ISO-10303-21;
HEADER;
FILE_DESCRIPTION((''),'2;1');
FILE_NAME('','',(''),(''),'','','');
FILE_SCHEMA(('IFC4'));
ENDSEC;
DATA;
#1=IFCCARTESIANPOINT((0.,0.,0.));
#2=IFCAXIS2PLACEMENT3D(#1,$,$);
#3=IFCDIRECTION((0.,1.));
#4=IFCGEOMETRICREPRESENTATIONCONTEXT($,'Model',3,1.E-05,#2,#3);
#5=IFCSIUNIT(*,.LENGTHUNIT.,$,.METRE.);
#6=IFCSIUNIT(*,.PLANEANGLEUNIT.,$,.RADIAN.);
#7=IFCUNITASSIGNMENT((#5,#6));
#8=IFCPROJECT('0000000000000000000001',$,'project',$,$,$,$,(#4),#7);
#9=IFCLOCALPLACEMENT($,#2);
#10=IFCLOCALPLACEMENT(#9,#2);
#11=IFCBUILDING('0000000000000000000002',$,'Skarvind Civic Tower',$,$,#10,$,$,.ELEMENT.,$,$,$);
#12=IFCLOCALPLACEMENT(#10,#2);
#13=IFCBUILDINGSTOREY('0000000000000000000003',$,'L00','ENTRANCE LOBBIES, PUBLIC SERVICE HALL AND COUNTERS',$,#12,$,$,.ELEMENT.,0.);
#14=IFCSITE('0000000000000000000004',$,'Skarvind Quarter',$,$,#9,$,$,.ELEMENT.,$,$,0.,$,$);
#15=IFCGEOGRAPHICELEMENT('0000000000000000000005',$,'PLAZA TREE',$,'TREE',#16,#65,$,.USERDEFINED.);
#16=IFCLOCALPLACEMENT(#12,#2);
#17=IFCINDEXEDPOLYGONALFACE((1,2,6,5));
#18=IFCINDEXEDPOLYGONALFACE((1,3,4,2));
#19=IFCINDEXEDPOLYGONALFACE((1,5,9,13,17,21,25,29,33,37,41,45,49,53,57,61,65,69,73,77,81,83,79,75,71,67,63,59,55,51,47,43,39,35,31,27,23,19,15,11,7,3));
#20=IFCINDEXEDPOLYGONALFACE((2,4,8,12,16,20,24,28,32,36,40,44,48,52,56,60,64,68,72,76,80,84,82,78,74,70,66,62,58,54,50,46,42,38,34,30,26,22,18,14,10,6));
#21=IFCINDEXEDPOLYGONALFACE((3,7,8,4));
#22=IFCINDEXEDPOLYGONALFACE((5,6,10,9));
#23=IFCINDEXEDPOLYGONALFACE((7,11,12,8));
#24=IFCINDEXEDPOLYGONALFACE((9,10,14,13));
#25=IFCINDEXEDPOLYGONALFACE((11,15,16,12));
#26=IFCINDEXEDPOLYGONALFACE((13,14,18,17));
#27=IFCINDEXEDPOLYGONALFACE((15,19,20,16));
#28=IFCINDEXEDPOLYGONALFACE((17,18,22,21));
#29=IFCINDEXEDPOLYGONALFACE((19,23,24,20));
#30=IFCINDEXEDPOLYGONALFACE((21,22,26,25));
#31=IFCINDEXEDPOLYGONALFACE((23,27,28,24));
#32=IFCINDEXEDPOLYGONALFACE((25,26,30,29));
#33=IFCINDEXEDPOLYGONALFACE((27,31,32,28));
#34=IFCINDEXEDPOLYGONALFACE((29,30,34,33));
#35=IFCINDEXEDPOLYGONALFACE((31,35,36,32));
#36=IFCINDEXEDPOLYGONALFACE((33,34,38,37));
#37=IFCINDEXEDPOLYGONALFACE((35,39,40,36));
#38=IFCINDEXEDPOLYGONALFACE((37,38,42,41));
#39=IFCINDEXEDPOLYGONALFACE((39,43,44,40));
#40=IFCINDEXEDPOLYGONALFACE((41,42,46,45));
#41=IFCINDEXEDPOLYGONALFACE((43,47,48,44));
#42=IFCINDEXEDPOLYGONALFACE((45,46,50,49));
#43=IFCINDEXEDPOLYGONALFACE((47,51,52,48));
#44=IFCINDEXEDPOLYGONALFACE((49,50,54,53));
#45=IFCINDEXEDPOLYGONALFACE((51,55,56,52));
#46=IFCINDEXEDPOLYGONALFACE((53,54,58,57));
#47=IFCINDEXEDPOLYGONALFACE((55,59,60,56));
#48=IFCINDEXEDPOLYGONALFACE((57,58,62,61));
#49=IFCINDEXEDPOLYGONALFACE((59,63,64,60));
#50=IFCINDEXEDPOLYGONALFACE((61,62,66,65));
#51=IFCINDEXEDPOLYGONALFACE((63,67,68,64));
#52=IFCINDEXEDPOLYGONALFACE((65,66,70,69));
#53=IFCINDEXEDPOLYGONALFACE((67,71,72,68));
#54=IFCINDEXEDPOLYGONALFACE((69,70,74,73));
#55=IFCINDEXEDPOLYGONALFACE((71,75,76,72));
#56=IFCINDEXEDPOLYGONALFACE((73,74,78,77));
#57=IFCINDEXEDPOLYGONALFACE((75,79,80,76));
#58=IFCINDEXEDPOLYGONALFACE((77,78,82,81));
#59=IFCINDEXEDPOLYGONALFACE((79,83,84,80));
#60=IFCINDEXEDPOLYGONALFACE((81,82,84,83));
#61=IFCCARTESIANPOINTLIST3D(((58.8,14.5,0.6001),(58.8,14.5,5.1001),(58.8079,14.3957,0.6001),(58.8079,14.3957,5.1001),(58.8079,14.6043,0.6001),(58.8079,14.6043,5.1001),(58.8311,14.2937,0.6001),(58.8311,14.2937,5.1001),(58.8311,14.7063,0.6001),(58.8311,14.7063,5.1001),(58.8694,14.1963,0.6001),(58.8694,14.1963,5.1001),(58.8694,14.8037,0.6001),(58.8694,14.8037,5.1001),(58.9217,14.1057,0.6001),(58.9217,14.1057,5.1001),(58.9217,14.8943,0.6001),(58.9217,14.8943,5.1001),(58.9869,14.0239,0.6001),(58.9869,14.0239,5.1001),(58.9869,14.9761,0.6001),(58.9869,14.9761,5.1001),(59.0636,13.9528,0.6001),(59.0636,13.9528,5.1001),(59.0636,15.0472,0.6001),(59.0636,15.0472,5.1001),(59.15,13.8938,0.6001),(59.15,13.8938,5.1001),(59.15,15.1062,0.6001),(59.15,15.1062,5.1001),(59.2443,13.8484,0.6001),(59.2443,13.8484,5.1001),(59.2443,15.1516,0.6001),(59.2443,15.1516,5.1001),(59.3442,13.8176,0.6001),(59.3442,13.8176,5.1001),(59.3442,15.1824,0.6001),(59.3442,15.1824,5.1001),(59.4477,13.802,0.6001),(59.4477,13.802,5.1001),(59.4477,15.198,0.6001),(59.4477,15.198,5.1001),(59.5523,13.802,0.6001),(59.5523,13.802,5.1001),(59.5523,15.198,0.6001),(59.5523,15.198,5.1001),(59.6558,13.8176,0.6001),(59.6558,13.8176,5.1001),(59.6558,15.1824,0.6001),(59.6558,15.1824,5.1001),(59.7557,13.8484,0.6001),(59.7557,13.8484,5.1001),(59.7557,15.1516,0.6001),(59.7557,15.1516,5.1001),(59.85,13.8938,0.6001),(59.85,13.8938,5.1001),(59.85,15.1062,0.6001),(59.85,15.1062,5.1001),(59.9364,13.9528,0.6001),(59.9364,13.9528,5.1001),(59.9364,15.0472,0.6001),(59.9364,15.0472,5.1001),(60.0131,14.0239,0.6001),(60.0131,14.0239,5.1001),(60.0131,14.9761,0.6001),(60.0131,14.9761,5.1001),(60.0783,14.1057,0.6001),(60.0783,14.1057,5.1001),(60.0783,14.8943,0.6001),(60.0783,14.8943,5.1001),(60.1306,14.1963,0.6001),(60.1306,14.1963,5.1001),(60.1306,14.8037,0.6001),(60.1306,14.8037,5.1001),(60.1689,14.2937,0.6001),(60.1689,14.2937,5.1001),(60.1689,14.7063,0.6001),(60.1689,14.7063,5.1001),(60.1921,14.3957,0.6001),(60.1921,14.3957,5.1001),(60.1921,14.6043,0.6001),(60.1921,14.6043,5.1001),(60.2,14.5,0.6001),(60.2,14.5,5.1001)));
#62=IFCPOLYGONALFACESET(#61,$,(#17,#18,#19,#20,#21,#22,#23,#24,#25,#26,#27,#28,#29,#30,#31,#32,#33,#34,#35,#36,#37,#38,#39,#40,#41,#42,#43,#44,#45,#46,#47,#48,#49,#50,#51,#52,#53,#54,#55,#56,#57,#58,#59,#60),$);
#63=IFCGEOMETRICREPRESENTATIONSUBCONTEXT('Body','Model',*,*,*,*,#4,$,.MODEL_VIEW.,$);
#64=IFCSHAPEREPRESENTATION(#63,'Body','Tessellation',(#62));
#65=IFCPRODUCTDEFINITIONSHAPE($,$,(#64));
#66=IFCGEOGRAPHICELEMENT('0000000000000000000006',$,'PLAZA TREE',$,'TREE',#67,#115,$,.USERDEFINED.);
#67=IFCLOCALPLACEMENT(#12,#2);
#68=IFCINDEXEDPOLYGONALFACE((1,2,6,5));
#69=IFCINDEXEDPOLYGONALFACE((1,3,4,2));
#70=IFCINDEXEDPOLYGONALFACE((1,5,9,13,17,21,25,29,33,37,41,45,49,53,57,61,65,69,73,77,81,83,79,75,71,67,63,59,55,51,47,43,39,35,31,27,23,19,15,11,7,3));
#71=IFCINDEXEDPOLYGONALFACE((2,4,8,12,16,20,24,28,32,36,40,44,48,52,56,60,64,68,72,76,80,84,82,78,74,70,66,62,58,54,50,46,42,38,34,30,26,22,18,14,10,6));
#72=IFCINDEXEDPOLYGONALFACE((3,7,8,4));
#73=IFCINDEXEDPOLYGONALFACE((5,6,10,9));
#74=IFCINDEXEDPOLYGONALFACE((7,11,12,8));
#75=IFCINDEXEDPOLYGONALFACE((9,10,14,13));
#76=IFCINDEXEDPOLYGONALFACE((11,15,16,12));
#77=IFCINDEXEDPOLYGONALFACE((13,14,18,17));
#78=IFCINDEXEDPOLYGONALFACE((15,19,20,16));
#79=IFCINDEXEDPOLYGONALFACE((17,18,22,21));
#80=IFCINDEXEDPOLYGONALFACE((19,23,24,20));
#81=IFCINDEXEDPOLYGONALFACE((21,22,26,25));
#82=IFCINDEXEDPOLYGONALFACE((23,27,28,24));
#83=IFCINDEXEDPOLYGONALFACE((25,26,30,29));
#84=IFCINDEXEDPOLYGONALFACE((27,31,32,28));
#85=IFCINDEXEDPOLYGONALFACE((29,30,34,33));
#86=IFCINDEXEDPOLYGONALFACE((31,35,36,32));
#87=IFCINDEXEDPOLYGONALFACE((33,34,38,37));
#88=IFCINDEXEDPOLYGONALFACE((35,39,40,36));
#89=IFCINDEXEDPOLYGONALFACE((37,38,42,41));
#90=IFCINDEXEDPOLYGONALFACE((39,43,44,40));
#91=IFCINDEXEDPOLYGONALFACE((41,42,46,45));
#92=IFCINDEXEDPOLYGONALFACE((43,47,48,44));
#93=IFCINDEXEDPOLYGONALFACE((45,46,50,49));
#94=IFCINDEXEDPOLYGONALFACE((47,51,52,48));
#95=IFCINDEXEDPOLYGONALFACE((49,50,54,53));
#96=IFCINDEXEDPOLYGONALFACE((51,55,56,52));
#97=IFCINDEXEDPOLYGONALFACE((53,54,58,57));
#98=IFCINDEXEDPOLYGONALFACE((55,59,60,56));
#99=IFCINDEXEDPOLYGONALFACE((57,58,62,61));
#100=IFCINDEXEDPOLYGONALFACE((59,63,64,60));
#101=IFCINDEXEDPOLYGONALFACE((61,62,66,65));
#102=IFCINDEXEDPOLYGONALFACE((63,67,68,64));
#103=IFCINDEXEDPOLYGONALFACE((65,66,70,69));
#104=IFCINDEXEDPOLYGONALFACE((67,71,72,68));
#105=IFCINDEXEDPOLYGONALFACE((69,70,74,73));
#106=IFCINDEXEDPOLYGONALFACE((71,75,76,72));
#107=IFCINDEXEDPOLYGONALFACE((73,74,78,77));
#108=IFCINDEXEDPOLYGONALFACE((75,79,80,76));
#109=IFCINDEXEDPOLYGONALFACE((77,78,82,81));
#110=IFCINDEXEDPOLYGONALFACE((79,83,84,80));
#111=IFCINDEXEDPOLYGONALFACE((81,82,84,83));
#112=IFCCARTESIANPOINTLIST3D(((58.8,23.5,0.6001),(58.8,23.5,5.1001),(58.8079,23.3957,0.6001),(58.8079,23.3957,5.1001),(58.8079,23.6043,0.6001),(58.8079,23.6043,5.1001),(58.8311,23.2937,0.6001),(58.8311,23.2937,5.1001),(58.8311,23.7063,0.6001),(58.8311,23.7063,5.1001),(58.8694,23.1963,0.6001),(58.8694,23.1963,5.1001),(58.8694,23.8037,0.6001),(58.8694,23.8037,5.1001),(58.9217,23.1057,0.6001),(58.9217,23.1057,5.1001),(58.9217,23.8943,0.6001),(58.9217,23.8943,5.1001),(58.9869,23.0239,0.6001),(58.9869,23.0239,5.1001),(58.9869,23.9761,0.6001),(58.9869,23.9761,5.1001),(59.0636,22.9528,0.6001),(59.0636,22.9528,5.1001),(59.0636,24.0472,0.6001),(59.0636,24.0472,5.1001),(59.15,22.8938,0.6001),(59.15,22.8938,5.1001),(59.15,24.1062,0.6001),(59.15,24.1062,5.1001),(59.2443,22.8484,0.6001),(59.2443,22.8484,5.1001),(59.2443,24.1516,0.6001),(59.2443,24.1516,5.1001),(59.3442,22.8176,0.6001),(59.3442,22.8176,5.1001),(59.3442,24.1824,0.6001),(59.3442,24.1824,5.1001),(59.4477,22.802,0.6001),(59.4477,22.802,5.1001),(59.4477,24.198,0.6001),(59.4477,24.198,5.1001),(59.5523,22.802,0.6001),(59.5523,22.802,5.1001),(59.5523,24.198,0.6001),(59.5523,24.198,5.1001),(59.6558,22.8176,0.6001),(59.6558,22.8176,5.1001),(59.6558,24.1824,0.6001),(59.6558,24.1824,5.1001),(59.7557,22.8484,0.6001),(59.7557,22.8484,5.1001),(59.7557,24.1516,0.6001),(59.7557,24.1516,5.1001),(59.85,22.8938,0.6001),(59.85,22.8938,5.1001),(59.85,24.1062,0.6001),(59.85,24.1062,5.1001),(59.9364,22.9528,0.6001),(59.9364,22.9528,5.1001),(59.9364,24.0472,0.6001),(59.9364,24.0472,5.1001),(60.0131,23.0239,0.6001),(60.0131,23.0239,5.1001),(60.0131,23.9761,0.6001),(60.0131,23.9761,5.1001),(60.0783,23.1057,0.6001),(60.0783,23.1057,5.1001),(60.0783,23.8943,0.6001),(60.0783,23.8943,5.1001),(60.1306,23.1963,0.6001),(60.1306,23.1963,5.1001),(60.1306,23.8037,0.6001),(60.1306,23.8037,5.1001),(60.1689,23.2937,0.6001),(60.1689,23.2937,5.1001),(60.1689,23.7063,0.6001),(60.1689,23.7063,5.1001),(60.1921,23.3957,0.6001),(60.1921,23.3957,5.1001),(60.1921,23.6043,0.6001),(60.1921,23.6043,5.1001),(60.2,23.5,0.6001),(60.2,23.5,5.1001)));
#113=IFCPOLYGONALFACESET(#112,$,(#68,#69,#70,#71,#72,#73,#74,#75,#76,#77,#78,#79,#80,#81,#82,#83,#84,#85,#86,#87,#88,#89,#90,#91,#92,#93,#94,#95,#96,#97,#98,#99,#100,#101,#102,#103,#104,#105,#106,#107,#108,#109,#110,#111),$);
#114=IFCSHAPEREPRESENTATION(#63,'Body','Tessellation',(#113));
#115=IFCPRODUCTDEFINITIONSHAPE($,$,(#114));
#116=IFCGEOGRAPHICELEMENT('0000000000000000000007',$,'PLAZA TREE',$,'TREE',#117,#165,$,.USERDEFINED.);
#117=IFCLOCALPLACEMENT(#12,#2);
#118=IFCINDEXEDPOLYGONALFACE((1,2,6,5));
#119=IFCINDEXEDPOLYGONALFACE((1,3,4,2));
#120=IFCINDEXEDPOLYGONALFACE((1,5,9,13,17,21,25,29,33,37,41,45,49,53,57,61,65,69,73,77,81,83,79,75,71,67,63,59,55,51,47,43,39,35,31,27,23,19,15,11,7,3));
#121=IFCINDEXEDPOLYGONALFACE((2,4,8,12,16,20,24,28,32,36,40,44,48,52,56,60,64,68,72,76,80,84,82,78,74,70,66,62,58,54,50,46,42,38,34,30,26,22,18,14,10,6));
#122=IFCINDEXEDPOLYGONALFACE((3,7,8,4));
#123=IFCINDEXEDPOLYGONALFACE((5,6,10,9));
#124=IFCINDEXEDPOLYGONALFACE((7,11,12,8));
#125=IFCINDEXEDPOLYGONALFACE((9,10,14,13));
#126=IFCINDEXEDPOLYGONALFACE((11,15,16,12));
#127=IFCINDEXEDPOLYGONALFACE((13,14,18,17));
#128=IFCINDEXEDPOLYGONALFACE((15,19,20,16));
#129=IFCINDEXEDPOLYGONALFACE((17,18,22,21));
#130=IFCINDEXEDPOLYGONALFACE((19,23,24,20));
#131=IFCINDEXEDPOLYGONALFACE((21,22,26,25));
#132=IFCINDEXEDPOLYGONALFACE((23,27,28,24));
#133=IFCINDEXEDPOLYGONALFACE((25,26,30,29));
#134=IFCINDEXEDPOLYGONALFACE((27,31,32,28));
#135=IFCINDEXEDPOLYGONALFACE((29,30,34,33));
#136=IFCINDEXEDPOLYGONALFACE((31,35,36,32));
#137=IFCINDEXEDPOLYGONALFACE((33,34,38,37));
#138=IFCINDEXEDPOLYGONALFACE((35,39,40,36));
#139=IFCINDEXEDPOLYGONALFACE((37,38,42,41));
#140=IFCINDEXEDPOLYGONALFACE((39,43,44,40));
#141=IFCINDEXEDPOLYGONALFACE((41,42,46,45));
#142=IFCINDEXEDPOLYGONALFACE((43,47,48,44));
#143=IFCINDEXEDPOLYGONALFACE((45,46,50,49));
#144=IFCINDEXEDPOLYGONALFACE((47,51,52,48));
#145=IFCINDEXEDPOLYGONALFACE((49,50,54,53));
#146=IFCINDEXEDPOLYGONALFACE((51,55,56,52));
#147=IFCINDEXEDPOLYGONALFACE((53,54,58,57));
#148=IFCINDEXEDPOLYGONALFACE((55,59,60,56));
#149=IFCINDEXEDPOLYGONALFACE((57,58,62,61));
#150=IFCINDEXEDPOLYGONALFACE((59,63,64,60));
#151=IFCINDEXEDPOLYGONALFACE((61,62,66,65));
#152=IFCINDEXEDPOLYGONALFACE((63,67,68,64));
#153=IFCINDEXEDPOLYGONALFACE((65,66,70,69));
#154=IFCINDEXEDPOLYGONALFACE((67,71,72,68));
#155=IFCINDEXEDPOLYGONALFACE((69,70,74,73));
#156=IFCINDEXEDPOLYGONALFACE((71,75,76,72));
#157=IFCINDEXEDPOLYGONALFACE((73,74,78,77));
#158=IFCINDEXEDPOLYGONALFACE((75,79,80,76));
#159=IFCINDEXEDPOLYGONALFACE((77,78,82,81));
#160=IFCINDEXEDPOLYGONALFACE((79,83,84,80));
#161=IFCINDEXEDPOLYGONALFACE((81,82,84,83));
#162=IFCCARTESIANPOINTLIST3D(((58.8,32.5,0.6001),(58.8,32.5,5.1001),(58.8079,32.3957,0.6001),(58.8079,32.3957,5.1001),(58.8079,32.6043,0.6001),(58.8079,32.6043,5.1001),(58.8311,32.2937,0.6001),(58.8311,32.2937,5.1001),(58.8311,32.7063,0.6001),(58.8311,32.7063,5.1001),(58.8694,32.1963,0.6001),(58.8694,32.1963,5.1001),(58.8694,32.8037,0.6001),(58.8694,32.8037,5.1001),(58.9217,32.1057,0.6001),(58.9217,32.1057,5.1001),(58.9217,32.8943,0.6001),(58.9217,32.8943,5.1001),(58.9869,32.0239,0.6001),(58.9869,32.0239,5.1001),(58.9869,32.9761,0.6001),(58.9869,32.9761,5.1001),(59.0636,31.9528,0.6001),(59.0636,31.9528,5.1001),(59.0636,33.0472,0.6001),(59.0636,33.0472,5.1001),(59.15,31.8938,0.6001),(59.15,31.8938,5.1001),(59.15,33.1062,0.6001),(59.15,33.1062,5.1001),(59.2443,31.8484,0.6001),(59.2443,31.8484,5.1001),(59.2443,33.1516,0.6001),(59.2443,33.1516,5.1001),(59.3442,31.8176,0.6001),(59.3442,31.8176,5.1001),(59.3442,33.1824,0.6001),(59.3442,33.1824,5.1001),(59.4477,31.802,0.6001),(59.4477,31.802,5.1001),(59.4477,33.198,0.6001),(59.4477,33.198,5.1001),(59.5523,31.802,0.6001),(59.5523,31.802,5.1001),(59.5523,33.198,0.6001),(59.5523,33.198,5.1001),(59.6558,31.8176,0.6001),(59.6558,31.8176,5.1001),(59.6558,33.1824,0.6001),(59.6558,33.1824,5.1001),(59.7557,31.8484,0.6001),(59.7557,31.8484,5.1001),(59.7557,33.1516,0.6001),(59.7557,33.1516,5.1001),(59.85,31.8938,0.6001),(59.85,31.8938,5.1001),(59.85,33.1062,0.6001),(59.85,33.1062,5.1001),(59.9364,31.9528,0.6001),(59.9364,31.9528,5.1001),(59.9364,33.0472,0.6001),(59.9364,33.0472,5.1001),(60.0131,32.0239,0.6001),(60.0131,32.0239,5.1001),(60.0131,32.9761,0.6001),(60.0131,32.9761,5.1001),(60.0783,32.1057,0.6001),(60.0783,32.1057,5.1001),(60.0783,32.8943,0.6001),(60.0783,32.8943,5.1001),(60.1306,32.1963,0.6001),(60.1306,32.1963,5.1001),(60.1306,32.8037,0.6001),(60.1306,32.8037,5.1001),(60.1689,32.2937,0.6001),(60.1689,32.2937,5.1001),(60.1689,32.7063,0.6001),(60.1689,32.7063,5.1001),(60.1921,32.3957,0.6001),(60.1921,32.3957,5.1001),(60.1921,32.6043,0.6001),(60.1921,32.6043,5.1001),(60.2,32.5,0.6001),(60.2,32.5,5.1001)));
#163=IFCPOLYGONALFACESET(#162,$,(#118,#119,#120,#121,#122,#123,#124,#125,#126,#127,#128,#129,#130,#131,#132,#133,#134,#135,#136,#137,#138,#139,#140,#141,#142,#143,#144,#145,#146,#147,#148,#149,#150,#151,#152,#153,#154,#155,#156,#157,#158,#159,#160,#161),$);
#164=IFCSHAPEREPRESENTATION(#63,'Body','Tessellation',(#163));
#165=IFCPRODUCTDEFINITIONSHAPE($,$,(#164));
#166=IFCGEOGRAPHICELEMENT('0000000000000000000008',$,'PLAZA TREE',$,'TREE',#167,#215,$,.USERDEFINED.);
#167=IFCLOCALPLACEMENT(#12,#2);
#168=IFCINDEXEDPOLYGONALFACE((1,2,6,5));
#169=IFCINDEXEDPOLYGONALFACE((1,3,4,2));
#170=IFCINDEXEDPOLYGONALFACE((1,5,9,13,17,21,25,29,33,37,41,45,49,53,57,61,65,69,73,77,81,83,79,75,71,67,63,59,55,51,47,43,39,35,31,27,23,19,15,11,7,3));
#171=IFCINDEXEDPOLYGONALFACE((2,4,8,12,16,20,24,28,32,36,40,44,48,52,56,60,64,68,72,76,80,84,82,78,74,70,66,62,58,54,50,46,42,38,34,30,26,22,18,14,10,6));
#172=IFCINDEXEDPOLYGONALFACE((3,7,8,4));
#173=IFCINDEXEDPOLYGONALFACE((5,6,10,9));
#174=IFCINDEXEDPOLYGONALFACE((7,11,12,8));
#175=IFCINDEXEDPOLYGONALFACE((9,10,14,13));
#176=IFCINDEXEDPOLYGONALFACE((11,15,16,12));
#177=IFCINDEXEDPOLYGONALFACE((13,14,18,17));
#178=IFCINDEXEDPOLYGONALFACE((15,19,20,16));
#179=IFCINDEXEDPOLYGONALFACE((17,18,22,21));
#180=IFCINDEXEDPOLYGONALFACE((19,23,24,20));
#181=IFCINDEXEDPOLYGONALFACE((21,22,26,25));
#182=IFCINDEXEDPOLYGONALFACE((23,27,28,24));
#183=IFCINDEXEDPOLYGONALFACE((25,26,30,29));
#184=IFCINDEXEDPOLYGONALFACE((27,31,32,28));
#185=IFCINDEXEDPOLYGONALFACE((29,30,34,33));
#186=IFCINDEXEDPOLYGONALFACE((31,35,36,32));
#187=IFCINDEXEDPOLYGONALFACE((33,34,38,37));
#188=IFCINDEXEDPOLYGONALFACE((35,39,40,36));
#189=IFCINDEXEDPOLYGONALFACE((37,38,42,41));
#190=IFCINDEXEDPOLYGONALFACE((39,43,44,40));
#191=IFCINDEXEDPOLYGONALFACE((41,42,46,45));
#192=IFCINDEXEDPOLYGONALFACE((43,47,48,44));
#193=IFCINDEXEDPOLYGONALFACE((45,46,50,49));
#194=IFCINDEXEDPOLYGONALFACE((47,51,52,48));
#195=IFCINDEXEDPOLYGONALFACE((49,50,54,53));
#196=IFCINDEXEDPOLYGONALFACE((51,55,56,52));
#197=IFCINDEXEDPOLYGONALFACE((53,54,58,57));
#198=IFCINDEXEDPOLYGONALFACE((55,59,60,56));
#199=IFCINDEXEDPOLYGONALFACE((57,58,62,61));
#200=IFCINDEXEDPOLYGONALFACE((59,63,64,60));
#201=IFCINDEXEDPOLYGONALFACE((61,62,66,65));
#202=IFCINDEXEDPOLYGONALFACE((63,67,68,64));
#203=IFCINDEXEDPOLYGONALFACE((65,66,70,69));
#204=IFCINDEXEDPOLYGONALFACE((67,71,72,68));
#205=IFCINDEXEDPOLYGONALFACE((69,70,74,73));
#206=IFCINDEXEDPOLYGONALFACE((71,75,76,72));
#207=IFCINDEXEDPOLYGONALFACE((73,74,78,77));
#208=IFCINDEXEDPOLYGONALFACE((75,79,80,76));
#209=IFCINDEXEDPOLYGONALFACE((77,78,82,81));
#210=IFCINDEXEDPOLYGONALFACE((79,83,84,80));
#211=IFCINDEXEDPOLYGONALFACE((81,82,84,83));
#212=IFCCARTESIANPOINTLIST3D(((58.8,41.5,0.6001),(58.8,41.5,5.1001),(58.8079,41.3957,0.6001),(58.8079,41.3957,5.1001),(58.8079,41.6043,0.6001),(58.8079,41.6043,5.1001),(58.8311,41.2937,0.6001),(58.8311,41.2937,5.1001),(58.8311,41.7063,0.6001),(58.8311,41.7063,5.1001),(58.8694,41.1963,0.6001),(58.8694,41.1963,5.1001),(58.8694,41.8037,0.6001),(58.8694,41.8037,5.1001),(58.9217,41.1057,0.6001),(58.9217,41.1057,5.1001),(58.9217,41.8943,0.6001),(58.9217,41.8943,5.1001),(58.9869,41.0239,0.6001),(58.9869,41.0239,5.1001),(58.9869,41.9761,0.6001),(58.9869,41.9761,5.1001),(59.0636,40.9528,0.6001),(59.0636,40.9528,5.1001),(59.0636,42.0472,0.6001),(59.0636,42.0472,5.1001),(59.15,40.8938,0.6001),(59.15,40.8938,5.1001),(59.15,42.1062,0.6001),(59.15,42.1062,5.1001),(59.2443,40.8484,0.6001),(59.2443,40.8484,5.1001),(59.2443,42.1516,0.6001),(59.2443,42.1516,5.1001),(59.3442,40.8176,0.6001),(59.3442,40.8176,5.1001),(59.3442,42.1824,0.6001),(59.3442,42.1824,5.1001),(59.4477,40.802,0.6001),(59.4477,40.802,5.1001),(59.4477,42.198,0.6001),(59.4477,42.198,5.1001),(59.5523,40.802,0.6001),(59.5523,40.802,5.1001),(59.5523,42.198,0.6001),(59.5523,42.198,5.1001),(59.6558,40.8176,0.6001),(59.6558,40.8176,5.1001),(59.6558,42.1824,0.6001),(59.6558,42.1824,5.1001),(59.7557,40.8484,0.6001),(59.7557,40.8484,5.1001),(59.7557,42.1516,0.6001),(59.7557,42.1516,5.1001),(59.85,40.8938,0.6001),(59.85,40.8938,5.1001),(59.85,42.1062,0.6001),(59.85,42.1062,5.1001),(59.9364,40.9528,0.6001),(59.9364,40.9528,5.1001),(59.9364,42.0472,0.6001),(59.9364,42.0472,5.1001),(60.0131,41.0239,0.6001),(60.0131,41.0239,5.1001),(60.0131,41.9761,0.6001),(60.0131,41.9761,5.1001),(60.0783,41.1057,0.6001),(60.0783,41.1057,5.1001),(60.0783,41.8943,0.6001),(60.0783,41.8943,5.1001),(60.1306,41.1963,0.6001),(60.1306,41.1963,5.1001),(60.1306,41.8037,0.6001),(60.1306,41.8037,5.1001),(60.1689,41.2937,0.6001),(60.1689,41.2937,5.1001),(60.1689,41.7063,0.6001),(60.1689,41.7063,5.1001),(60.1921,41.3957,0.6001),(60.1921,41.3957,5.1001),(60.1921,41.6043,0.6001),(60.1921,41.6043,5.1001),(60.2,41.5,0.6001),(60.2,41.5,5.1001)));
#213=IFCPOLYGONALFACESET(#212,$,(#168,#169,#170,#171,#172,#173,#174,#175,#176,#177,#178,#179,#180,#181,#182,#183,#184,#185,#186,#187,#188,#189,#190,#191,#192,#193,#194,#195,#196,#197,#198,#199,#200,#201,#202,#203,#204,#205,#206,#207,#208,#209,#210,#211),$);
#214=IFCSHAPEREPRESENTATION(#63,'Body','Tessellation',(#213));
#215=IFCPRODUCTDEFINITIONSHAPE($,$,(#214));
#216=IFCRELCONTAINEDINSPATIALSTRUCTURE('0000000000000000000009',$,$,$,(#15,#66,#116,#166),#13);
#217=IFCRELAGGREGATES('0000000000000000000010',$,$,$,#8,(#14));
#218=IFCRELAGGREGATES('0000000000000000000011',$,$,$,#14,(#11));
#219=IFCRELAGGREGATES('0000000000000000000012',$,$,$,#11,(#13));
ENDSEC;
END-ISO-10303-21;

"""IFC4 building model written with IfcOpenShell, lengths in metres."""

from ifc_helpers import new_model, si_unit, direction, frame, origin, origin_2d, place, context, subcontext, project, spatial, circle, extrude, element, save


model = new_model("IFC4")

# Units and contexts
model_context = context("Model", 3, precision=1e-05, world=origin(), true_north=direction((0.0, 1.0)))
body_context = subcontext(model_context, "Body", "Model", "MODEL_VIEW")
ifc_project = project(units=[si_unit("LENGTHUNIT", "METRE"), si_unit("PLANEANGLEUNIT", "RADIAN")], contexts=[model_context])

# Site, building, storey
site_placement = place(None, origin())
site = spatial("IfcSite", under=ifc_project, at=site_placement, Name="Skarvind Quarter", CompositionType="ELEMENT", RefElevation=0.0)
building_placement = place(site_placement, origin())
building = spatial("IfcBuilding", under=site, at=building_placement, Name="Skarvind Civic Tower", CompositionType="ELEMENT")
storey_placement = place(building_placement, origin())
storey = spatial("IfcBuildingStorey", under=building, at=storey_placement, Name="L00", Description="ENTRANCE LOBBIES, PUBLIC SERVICE HALL AND COUNTERS", CompositionType="ELEMENT", Elevation=0.0)

# Geographic elements
for number, where, z_axis, x_axis, name in (
    (1, (59.5, 14.5, 0.6001), (0.0, 0.0, 1.0), (1.0, 0.0, 0.0), "PLAZA TREE"),
    (2, (59.5, 23.5, 0.6001), (0.0, 0.0, 1.0), (1.0, 0.0, 0.0), "PLAZA TREE"),
    (3, (59.5, 32.5, 0.6001), (0.0, 0.0, 1.0), (1.0, 0.0, 0.0), "PLAZA TREE"),
    (4, (59.5, 41.5, 0.6001), (0.0, 0.0, 1.0), (1.0, 0.0, 0.0), "PLAZA TREE"),
):
    element("IfcGeographicElement", number, at=place(storey_placement, frame(where, z_axis=z_axis, x_axis=x_axis)), inside=storey, Name=name, ObjectType="TREE", PredefinedType="USERDEFINED", context=body_context, shape_type="SweptSolid", body=[
        extrude(circle(Radius=0.7, at=origin_2d()), origin(), (0.0, 0.0, 1.0), 4.5),
    ])

save(model, "model.ifc")
